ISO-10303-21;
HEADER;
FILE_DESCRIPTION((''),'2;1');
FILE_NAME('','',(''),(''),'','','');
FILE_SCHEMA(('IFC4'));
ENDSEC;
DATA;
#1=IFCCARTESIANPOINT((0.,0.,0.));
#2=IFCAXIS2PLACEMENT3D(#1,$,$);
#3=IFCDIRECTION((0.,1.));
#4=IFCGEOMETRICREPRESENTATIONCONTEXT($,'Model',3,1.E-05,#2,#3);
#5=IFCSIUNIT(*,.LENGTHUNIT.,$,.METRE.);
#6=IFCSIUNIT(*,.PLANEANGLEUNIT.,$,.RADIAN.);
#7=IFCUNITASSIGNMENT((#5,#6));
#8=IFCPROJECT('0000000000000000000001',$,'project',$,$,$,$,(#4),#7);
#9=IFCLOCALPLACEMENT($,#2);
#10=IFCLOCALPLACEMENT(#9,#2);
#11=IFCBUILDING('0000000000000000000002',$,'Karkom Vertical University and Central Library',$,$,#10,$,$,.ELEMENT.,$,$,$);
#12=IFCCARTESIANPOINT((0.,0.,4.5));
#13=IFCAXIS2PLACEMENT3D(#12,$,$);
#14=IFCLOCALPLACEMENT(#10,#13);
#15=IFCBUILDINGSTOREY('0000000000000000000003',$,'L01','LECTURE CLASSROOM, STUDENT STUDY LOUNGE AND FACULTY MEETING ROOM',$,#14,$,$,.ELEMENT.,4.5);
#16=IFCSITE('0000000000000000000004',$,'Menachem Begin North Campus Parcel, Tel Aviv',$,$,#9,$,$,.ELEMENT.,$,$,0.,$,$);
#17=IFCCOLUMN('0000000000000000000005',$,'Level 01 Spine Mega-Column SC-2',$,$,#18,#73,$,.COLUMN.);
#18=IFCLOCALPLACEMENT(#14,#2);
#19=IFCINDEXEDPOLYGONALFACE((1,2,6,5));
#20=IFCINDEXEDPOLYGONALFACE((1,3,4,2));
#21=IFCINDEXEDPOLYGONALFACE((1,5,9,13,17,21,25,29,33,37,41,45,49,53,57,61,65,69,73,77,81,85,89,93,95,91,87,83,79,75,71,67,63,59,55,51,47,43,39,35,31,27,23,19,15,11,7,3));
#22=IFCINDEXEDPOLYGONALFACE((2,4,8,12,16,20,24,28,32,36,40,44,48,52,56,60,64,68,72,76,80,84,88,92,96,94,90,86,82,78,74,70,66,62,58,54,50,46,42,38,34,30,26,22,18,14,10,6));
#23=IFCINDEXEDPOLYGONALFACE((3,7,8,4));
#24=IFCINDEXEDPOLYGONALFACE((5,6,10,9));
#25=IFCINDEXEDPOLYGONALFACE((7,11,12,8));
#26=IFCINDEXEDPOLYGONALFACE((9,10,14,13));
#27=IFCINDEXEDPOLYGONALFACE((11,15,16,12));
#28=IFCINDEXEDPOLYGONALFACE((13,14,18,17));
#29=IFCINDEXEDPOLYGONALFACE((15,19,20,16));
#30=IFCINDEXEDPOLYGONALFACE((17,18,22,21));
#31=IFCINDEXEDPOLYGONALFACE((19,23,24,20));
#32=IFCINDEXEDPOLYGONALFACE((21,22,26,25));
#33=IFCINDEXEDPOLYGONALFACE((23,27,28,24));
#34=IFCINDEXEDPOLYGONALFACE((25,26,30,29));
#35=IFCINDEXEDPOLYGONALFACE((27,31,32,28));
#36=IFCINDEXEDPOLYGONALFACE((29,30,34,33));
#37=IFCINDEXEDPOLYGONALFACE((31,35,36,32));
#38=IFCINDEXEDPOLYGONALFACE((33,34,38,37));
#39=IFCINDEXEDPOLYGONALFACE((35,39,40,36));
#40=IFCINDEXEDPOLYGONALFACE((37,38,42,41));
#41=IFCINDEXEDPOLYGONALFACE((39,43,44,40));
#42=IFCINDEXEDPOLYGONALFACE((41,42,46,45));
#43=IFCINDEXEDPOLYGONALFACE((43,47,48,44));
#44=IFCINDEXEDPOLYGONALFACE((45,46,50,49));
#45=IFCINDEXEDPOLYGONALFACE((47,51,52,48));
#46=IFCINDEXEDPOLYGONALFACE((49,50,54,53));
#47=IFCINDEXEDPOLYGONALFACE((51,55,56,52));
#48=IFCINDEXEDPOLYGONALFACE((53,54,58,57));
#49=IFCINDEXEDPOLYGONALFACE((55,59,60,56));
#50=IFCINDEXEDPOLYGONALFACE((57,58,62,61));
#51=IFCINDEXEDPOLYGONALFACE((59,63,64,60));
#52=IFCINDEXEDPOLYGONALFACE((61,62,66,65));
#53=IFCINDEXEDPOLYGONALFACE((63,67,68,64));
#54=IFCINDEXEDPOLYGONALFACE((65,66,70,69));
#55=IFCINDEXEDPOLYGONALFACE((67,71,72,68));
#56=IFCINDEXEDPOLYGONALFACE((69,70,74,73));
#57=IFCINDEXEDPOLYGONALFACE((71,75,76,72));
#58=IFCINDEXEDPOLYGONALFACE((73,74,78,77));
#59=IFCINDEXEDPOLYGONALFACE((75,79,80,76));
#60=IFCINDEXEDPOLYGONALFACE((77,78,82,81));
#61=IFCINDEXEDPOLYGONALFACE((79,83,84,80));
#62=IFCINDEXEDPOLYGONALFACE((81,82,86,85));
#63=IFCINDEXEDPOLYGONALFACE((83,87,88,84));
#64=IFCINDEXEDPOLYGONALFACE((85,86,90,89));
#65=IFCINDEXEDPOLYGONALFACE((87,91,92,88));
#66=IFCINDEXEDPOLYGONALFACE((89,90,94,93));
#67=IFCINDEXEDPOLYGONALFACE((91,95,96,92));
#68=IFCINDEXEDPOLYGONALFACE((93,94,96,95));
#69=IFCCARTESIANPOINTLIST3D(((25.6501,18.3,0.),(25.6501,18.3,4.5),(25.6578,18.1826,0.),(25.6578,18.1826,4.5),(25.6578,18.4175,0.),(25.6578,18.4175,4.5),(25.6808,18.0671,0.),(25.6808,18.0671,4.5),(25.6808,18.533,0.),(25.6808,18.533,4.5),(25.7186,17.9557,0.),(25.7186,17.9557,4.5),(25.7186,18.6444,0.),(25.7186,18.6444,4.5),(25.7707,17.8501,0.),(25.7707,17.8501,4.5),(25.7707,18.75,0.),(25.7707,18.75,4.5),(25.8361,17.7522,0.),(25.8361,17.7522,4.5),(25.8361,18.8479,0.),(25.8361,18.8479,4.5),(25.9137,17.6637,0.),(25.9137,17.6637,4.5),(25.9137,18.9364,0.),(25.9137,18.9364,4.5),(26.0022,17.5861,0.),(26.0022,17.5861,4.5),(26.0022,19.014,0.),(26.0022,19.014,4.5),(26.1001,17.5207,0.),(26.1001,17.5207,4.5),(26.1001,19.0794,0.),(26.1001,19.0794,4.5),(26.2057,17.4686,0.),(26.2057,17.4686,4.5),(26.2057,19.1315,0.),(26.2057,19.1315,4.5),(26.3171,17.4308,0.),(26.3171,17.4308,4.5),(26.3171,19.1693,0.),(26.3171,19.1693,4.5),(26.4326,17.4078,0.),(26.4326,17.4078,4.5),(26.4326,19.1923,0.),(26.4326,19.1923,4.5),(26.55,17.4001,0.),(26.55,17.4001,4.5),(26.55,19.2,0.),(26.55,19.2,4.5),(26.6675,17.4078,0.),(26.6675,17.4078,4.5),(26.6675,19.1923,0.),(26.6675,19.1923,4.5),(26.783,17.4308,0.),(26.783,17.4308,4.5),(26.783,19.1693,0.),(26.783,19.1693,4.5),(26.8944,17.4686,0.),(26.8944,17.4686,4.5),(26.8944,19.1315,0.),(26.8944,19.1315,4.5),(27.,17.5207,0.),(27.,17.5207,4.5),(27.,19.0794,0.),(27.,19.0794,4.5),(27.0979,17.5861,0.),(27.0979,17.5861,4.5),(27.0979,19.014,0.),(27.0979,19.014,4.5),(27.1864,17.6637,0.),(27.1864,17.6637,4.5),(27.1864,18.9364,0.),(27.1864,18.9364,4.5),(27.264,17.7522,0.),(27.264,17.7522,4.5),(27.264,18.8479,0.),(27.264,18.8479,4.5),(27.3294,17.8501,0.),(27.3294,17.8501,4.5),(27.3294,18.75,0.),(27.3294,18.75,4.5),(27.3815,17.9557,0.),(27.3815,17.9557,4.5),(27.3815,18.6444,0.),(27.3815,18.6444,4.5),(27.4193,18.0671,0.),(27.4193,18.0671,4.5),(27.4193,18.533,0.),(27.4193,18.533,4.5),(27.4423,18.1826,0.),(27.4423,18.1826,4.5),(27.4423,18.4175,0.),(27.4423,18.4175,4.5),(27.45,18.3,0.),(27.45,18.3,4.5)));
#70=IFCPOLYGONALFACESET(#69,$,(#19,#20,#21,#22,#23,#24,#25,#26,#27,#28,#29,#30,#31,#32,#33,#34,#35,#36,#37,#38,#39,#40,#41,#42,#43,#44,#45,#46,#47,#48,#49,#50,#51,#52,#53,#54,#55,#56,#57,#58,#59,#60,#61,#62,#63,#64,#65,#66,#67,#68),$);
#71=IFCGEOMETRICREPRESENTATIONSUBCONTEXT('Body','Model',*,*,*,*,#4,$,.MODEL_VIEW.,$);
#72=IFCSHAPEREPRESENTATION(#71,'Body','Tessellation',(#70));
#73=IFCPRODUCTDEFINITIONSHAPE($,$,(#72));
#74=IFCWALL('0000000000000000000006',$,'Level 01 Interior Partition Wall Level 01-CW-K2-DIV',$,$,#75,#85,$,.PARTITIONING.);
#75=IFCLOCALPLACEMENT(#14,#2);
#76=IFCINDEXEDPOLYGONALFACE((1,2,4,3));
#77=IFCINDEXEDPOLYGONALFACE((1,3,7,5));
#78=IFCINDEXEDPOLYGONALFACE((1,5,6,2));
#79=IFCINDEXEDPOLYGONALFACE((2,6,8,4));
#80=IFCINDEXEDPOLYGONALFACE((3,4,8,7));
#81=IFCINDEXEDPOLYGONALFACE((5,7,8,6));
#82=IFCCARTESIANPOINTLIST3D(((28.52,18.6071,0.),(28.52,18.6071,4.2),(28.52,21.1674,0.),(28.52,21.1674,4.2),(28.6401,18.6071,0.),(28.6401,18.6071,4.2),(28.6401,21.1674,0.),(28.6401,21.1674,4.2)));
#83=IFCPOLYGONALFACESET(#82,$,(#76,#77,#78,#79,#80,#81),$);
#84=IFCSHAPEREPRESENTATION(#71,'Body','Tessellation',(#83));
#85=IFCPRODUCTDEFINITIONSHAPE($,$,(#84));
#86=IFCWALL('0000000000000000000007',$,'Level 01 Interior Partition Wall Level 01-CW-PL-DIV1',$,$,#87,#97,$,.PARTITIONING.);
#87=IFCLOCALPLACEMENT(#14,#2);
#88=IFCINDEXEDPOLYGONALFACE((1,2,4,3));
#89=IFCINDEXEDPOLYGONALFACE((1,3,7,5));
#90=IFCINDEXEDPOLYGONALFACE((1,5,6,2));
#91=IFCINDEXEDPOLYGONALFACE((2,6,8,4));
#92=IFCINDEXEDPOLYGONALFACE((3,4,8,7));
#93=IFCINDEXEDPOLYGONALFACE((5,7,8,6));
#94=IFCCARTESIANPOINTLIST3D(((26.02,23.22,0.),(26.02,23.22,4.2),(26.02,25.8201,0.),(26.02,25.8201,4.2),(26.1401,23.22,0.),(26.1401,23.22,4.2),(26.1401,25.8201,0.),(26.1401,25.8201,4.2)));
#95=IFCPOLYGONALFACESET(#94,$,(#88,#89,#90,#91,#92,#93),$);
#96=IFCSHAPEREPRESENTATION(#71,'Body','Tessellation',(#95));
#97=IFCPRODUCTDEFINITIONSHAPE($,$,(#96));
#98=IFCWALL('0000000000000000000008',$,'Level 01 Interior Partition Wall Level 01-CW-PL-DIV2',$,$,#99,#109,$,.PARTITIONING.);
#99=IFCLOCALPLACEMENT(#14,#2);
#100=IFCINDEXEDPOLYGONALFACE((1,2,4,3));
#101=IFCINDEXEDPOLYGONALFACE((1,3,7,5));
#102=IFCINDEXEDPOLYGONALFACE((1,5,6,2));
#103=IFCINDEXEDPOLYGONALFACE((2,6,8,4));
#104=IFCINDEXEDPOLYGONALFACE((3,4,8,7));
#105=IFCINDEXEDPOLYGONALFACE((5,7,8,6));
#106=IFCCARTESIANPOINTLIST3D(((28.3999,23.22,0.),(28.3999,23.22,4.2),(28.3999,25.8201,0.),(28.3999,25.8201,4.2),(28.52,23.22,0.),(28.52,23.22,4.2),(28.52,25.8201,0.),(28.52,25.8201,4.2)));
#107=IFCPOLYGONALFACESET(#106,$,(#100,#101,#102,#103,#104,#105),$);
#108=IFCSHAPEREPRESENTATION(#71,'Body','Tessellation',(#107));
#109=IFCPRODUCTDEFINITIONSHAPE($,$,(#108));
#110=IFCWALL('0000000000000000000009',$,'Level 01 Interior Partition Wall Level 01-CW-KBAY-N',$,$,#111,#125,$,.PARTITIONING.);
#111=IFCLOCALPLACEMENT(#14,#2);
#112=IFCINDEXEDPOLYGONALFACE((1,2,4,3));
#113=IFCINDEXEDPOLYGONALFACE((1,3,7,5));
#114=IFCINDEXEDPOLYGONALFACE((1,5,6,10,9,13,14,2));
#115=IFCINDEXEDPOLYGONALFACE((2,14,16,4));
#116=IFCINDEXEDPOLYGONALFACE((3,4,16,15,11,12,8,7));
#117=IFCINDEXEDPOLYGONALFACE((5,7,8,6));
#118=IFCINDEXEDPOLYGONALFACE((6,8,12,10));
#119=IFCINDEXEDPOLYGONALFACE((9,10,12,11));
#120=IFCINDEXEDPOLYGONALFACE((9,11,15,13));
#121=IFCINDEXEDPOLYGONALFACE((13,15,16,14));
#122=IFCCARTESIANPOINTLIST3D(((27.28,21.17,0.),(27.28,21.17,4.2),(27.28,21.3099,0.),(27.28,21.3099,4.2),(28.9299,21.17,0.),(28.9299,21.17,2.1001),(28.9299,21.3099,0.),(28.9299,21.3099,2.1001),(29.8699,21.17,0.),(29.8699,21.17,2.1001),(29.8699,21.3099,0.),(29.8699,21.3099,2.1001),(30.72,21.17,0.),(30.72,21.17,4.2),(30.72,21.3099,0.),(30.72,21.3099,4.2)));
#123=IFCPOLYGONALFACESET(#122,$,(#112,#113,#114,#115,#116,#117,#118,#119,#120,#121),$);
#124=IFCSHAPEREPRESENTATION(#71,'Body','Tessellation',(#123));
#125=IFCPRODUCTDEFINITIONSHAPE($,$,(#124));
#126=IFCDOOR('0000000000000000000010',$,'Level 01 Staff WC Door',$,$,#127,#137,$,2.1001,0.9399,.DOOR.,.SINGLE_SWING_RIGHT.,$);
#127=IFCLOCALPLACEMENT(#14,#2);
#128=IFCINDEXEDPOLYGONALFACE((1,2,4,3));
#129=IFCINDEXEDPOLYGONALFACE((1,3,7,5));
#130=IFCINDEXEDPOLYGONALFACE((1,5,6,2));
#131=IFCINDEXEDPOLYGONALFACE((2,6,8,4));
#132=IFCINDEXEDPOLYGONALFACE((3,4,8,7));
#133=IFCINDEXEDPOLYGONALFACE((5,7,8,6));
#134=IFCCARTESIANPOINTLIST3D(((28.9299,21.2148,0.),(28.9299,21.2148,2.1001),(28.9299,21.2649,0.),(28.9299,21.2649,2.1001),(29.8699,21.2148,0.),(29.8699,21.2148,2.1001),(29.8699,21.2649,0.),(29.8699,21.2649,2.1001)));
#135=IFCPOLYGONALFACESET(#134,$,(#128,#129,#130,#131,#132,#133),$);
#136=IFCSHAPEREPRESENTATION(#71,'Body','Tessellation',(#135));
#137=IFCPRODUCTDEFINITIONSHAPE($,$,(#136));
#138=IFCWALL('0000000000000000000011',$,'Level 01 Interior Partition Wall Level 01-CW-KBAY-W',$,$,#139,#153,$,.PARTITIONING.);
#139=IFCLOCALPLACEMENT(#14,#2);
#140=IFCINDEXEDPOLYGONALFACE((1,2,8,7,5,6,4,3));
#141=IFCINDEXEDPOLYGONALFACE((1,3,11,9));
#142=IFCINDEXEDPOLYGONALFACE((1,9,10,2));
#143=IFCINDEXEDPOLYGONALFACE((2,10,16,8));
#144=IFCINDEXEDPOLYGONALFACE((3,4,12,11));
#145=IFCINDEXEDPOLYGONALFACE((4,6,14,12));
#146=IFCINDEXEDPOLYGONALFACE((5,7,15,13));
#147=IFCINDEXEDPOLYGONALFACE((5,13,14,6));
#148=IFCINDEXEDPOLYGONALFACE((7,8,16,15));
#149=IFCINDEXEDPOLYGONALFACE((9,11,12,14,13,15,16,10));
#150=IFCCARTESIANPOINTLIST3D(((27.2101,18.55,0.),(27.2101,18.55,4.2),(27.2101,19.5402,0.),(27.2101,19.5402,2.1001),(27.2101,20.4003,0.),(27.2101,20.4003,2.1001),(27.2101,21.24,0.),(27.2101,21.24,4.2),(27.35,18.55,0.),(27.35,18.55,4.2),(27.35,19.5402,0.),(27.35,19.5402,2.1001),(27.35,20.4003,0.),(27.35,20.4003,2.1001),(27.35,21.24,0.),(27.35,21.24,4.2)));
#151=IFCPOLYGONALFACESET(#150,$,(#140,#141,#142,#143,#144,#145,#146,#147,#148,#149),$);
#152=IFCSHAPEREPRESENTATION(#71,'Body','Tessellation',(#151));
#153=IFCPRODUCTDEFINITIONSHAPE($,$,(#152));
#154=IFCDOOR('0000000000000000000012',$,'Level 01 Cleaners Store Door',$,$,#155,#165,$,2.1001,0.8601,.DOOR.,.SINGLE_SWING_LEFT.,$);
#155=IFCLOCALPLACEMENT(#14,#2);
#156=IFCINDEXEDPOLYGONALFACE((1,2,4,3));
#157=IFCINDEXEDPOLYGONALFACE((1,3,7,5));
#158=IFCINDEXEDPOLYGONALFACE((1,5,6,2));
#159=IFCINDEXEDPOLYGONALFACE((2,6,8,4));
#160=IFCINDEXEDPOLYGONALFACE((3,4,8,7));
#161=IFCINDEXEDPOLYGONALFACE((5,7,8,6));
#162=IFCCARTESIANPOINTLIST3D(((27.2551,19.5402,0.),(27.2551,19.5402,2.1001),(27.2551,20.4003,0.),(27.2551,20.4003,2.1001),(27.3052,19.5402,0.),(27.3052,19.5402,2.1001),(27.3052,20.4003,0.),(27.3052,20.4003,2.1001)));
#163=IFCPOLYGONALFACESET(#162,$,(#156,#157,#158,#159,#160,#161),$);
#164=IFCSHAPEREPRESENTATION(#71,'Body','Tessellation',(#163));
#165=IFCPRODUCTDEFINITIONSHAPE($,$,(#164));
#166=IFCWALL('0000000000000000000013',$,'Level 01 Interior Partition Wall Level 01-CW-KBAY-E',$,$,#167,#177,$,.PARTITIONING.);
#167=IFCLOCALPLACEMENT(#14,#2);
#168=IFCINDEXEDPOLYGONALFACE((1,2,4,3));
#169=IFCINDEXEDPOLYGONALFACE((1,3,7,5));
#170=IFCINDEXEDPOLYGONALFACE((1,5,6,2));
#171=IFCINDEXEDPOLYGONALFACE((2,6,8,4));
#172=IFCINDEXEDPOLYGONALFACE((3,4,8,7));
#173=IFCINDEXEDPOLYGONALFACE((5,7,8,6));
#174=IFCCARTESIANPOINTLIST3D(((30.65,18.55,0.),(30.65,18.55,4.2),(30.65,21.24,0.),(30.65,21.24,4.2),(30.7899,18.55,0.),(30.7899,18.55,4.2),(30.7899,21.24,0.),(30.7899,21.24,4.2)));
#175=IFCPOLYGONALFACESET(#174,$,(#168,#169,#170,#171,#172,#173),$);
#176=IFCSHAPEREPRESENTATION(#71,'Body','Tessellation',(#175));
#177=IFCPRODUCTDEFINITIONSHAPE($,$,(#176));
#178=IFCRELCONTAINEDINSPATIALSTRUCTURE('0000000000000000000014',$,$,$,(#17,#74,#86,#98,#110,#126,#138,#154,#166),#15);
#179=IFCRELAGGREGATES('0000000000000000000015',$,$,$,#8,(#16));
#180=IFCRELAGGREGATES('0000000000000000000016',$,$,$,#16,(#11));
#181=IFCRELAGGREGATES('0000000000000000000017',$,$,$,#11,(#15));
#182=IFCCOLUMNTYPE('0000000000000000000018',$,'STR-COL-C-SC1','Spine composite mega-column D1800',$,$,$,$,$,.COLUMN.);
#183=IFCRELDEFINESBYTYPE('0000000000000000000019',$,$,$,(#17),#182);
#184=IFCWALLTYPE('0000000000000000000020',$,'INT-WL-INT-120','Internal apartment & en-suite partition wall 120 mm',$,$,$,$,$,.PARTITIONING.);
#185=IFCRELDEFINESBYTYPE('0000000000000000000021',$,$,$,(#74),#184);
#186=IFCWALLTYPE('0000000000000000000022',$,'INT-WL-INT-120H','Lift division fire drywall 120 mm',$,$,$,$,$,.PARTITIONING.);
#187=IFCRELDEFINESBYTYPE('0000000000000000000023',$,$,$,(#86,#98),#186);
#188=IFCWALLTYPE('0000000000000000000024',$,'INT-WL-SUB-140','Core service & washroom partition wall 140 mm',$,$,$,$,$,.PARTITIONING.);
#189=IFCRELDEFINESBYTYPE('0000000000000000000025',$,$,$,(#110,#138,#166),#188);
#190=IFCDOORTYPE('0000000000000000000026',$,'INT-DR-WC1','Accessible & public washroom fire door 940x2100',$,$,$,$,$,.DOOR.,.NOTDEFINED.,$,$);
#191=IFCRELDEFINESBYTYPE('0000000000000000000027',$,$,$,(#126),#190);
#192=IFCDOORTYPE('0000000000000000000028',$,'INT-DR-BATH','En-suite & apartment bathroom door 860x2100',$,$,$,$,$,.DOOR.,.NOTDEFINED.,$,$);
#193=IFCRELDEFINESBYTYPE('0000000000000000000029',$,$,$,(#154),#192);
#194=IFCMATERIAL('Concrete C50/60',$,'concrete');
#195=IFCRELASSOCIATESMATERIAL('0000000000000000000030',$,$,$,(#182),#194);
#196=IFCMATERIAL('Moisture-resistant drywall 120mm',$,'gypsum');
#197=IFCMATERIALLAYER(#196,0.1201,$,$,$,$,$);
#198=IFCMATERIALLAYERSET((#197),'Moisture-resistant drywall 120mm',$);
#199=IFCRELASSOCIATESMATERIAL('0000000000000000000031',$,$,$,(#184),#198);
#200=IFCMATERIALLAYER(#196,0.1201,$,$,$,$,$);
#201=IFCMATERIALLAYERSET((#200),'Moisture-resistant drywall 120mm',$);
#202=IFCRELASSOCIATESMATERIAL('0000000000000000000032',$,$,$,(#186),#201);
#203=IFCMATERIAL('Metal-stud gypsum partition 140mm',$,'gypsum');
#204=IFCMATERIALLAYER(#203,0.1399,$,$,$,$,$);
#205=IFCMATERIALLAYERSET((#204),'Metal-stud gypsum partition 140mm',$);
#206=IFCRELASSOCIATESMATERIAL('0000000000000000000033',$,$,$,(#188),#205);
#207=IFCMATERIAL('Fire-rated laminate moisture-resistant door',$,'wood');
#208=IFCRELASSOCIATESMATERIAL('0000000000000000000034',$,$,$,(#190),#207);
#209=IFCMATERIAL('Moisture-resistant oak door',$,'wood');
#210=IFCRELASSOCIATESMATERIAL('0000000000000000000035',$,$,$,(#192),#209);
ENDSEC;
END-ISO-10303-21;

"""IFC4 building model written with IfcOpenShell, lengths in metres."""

from ifc_helpers import new_model, si_unit, direction, frame, frame_2d, origin, origin_with_axes, origin_2d, place, context, subcontext, project, spatial, rectangle, circle, extrude, source, transform, mapped, material, layer, layer_set, material_profile, profile_set, type_object, element, fill, save


model = new_model("IFC4")

# Units and contexts
model_context = context("Model", 3, precision=1e-05, world=origin(), true_north=direction((0.0, 1.0)))
body_context = subcontext(model_context, "Body", "Model", "MODEL_VIEW")
ifc_project = project(units=[si_unit("LENGTHUNIT", "METRE"), si_unit("PLANEANGLEUNIT", "RADIAN")], contexts=[model_context])

# Site, building, storey
site_placement = place(None, origin())
site = spatial("IfcSite", under=ifc_project, at=site_placement, Name="Menachem Begin North Campus Parcel, Tel Aviv", CompositionType="ELEMENT", RefElevation=0.0)
building_placement = place(site_placement, origin())
building = spatial("IfcBuilding", under=site, at=building_placement, Name="Karkom Vertical University and Central Library", CompositionType="ELEMENT")
storey_placement = place(building_placement, frame((0.0, 0.0, 4.5)))
storey = spatial("IfcBuildingStorey", under=building, at=storey_placement, Name="L01", Description="LECTURE CLASSROOM, STUDENT STUDY LOUNGE AND FACULTY MEETING ROOM", CompositionType="ELEMENT", Elevation=4.5)

# Column
ifc_material_1 = material(Name="Concrete C50/60", Category="concrete")
ifc_material_profile = material_profile(ifc_material_1, circle(Radius=0.8999, at=origin_2d()), Name="CFT-D1800")
ifc_profile_set = profile_set([ifc_material_profile], Name="Concrete C50/60")
column_type = type_object("IfcColumnType", Name="STR-COL-C-SC1", Description="Spine composite mega-column D1800", PredefinedType="COLUMN", material=ifc_profile_set)
shared_shape_1 = source(origin_with_axes(), body_context, "Body", "SweptSolid", [
    extrude(circle(Radius=0.8999, at=origin_2d()), origin(), (0.0, 0.0, 1.0), 4.5),
])
column_placement = place(storey_placement, frame((26.55, 18.3, 0.0), z_axis=(0.0, 0.0, 1.0), x_axis=(1.0, 0.0, 0.0)))
element("IfcColumn", 1, at=column_placement, inside=storey, type_object=column_type, Name="Level 01 Spine Mega-Column SC-2", PredefinedType="COLUMN", context=body_context, shape_type="MappedRepresentation", body=[
    mapped(shared_shape_1, transform((0.0, 0.0, 0.0), scale=1.0)),
])

# Walls
ifc_material_2 = material(Name="Moisture-resistant drywall 120mm", Category="gypsum")
ifc_layer_1 = layer(ifc_material_2, 0.1201)
ifc_layer_set_1 = layer_set([ifc_layer_1], Name="Moisture-resistant drywall 120mm")
wall_type_1 = type_object("IfcWallType", Name="INT-WL-INT-120", Description="Internal apartment & en-suite partition wall 120 mm", PredefinedType="PARTITIONING", material=ifc_layer_set_1)
wall_1_placement = place(storey_placement, frame((28.5801, 18.6069, 0.0), z_axis=(0.0, 0.0, 1.0), x_axis=(0.0, 1.0, 0.0)))
element("IfcWall", 2, at=wall_1_placement, inside=storey, type_object=wall_type_1, Name="Level 01 Interior Partition Wall Level 01-CW-K2-DIV", PredefinedType="PARTITIONING", context=body_context, shape_type="SweptSolid", body=[
    extrude(rectangle(XDim=2.5603, YDim=0.1201, at=frame_2d((1.2803, 0.0))), origin(), (0.0, 0.0, 1.0), 4.2),
])
ifc_layer_2 = layer(ifc_material_2, 0.1201)
ifc_layer_set_2 = layer_set([ifc_layer_2], Name="Moisture-resistant drywall 120mm")
wall_type_2 = type_object("IfcWallType", Name="INT-WL-INT-120H", Description="Lift division fire drywall 120 mm", PredefinedType="PARTITIONING", material=ifc_layer_set_2)
for number, where, z_axis, x_axis, name in (
    (3, (26.0801, 23.22, 0.0), (0.0, 0.0, 1.0), (0.0, 1.0, 0.0), "Level 01 Interior Partition Wall Level 01-CW-PL-DIV1"),
    (4, (28.46, 23.22, 0.0), (0.0, 0.0, 1.0), (0.0, 1.0, 0.0), "Level 01 Interior Partition Wall Level 01-CW-PL-DIV2"),
):
    element("IfcWall", number, at=place(storey_placement, frame(where, z_axis=z_axis, x_axis=x_axis)), inside=storey, type_object=wall_type_2, Name=name, PredefinedType="PARTITIONING", context=body_context, shape_type="SweptSolid", body=[
        extrude(rectangle(XDim=2.6001, YDim=0.1201, at=frame_2d((1.3, 0.0))), origin(), (0.0, 0.0, 1.0), 4.2),
    ])

# Walls, openings, doors
ifc_material_3 = material(Name="Metal-stud gypsum partition 140mm", Category="gypsum")
ifc_layer_3 = layer(ifc_material_3, 0.1399)
ifc_layer_set_3 = layer_set([ifc_layer_3], Name="Metal-stud gypsum partition 140mm")
wall_type_3 = type_object("IfcWallType", Name="INT-WL-SUB-140", Description="Core service & washroom partition wall 140 mm", PredefinedType="PARTITIONING", material=ifc_layer_set_3)
wall_2_placement = place(storey_placement, frame((27.28, 21.24, 0.0), z_axis=(0.0, 0.0, 1.0), x_axis=(1.0, 0.0, 0.0)))
wall_2 = element("IfcWall", 5, at=wall_2_placement, inside=storey, type_object=wall_type_3, Name="Level 01 Interior Partition Wall Level 01-CW-KBAY-N", PredefinedType="PARTITIONING", context=body_context, shape_type="SweptSolid", body=[
    extrude(rectangle(XDim=3.4399, YDim=0.1399, at=frame_2d((1.72, 0.0))), origin(), (0.0, 0.0, 1.0), 4.2),
])
opening_1_placement = place(wall_2_placement, frame((1.6499, 0.0, 0.0)))
opening_1 = element("IfcOpeningElement", 6, at=opening_1_placement, cuts=wall_2, PredefinedType="OPENING", context=body_context, shape_type="SweptSolid", body=[
    extrude(rectangle(XDim=0.9399, YDim=2.1001, at=frame_2d((0.47, 1.05))), frame((0.0, 0.0801, 0.0), z_axis=(0.0, -1.0, 0.0), x_axis=(1.0, 0.0, 0.0)), (0.0, 0.0, 1.0), 0.1599),
])
ifc_material_4 = material(Name="Fire-rated laminate moisture-resistant door", Category="wood")
door_type_1 = type_object("IfcDoorType", Name="INT-DR-WC1", Description="Accessible & public washroom fire door 940x2100", OperationType="NOTDEFINED", PredefinedType="DOOR", material=ifc_material_4)
shared_shape_2 = source(origin_with_axes(), body_context, "Body", "SweptSolid", [
    extrude(rectangle(XDim=0.9399, YDim=2.1001, at=frame_2d((0.47, 1.05))), frame((0.0, 0.0249, 0.0), z_axis=(0.0, -1.0, 0.0), x_axis=(1.0, 0.0, 0.0)), (0.0, 0.0, 1.0), 0.05),
])
door_1_placement = place(opening_1_placement, origin())
door_1 = element("IfcDoor", 7, at=door_1_placement, inside=storey, type_object=door_type_1, Name="Level 01 Staff WC Door", OperationType="SINGLE_SWING_RIGHT", OverallHeight=2.1001, OverallWidth=0.9399, PredefinedType="DOOR", context=body_context, shape_type="MappedRepresentation", body=[
    mapped(shared_shape_2, transform((0.0, 0.0, 0.0), scale=1.0)),
])
fill(opening_1, door_1)
wall_3_placement = place(storey_placement, frame((27.28, 18.55, 0.0), z_axis=(0.0, 0.0, 1.0), x_axis=(0.0, 1.0, 0.0)))
wall_3 = element("IfcWall", 8, at=wall_3_placement, inside=storey, type_object=wall_type_3, Name="Level 01 Interior Partition Wall Level 01-CW-KBAY-W", PredefinedType="PARTITIONING", context=body_context, shape_type="SweptSolid", body=[
    extrude(rectangle(XDim=2.6899, YDim=0.1399, at=frame_2d((1.345, 0.0))), origin(), (0.0, 0.0, 1.0), 4.2),
])
opening_2_placement = place(wall_3_placement, frame((0.99, 0.0, 0.0)))
opening_2 = element("IfcOpeningElement", 9, at=opening_2_placement, cuts=wall_3, PredefinedType="OPENING", context=body_context, shape_type="SweptSolid", body=[
    extrude(rectangle(XDim=0.8601, YDim=2.1001, at=frame_2d((0.4302, 1.05))), frame((0.0, 0.0801, 0.0), z_axis=(0.0, -1.0, 0.0), x_axis=(1.0, 0.0, 0.0)), (0.0, 0.0, 1.0), 0.1599),
])
ifc_material_5 = material(Name="Moisture-resistant oak door", Category="wood")
door_type_2 = type_object("IfcDoorType", Name="INT-DR-BATH", Description="En-suite & apartment bathroom door 860x2100", OperationType="NOTDEFINED", PredefinedType="DOOR", material=ifc_material_5)
shared_shape_3 = source(origin_with_axes(), body_context, "Body", "SweptSolid", [
    extrude(rectangle(XDim=0.8601, YDim=2.1001, at=frame_2d((0.4302, 1.05))), frame((0.0, 0.0249, 0.0), z_axis=(0.0, -1.0, 0.0), x_axis=(1.0, 0.0, 0.0)), (0.0, 0.0, 1.0), 0.05),
])
door_2_placement = place(opening_2_placement, origin())
door_2 = element("IfcDoor", 10, at=door_2_placement, inside=storey, type_object=door_type_2, Name="Level 01 Cleaners Store Door", OperationType="SINGLE_SWING_LEFT", OverallHeight=2.1001, OverallWidth=0.8601, PredefinedType="DOOR", context=body_context, shape_type="MappedRepresentation", body=[
    mapped(shared_shape_3, transform((0.0, 0.0, 0.0), scale=1.0)),
])
fill(opening_2, door_2)

# Wall
wall_4_placement = place(storey_placement, frame((30.72, 18.55, 0.0), z_axis=(0.0, 0.0, 1.0), x_axis=(0.0, 1.0, 0.0)))
element("IfcWall", 11, at=wall_4_placement, inside=storey, type_object=wall_type_3, Name="Level 01 Interior Partition Wall Level 01-CW-KBAY-E", PredefinedType="PARTITIONING", context=body_context, shape_type="SweptSolid", body=[
    extrude(rectangle(XDim=2.6899, YDim=0.1399, at=frame_2d((1.345, 0.0))), origin(), (0.0, 0.0, 1.0), 4.2),
])

save(model, "model.ifc")
